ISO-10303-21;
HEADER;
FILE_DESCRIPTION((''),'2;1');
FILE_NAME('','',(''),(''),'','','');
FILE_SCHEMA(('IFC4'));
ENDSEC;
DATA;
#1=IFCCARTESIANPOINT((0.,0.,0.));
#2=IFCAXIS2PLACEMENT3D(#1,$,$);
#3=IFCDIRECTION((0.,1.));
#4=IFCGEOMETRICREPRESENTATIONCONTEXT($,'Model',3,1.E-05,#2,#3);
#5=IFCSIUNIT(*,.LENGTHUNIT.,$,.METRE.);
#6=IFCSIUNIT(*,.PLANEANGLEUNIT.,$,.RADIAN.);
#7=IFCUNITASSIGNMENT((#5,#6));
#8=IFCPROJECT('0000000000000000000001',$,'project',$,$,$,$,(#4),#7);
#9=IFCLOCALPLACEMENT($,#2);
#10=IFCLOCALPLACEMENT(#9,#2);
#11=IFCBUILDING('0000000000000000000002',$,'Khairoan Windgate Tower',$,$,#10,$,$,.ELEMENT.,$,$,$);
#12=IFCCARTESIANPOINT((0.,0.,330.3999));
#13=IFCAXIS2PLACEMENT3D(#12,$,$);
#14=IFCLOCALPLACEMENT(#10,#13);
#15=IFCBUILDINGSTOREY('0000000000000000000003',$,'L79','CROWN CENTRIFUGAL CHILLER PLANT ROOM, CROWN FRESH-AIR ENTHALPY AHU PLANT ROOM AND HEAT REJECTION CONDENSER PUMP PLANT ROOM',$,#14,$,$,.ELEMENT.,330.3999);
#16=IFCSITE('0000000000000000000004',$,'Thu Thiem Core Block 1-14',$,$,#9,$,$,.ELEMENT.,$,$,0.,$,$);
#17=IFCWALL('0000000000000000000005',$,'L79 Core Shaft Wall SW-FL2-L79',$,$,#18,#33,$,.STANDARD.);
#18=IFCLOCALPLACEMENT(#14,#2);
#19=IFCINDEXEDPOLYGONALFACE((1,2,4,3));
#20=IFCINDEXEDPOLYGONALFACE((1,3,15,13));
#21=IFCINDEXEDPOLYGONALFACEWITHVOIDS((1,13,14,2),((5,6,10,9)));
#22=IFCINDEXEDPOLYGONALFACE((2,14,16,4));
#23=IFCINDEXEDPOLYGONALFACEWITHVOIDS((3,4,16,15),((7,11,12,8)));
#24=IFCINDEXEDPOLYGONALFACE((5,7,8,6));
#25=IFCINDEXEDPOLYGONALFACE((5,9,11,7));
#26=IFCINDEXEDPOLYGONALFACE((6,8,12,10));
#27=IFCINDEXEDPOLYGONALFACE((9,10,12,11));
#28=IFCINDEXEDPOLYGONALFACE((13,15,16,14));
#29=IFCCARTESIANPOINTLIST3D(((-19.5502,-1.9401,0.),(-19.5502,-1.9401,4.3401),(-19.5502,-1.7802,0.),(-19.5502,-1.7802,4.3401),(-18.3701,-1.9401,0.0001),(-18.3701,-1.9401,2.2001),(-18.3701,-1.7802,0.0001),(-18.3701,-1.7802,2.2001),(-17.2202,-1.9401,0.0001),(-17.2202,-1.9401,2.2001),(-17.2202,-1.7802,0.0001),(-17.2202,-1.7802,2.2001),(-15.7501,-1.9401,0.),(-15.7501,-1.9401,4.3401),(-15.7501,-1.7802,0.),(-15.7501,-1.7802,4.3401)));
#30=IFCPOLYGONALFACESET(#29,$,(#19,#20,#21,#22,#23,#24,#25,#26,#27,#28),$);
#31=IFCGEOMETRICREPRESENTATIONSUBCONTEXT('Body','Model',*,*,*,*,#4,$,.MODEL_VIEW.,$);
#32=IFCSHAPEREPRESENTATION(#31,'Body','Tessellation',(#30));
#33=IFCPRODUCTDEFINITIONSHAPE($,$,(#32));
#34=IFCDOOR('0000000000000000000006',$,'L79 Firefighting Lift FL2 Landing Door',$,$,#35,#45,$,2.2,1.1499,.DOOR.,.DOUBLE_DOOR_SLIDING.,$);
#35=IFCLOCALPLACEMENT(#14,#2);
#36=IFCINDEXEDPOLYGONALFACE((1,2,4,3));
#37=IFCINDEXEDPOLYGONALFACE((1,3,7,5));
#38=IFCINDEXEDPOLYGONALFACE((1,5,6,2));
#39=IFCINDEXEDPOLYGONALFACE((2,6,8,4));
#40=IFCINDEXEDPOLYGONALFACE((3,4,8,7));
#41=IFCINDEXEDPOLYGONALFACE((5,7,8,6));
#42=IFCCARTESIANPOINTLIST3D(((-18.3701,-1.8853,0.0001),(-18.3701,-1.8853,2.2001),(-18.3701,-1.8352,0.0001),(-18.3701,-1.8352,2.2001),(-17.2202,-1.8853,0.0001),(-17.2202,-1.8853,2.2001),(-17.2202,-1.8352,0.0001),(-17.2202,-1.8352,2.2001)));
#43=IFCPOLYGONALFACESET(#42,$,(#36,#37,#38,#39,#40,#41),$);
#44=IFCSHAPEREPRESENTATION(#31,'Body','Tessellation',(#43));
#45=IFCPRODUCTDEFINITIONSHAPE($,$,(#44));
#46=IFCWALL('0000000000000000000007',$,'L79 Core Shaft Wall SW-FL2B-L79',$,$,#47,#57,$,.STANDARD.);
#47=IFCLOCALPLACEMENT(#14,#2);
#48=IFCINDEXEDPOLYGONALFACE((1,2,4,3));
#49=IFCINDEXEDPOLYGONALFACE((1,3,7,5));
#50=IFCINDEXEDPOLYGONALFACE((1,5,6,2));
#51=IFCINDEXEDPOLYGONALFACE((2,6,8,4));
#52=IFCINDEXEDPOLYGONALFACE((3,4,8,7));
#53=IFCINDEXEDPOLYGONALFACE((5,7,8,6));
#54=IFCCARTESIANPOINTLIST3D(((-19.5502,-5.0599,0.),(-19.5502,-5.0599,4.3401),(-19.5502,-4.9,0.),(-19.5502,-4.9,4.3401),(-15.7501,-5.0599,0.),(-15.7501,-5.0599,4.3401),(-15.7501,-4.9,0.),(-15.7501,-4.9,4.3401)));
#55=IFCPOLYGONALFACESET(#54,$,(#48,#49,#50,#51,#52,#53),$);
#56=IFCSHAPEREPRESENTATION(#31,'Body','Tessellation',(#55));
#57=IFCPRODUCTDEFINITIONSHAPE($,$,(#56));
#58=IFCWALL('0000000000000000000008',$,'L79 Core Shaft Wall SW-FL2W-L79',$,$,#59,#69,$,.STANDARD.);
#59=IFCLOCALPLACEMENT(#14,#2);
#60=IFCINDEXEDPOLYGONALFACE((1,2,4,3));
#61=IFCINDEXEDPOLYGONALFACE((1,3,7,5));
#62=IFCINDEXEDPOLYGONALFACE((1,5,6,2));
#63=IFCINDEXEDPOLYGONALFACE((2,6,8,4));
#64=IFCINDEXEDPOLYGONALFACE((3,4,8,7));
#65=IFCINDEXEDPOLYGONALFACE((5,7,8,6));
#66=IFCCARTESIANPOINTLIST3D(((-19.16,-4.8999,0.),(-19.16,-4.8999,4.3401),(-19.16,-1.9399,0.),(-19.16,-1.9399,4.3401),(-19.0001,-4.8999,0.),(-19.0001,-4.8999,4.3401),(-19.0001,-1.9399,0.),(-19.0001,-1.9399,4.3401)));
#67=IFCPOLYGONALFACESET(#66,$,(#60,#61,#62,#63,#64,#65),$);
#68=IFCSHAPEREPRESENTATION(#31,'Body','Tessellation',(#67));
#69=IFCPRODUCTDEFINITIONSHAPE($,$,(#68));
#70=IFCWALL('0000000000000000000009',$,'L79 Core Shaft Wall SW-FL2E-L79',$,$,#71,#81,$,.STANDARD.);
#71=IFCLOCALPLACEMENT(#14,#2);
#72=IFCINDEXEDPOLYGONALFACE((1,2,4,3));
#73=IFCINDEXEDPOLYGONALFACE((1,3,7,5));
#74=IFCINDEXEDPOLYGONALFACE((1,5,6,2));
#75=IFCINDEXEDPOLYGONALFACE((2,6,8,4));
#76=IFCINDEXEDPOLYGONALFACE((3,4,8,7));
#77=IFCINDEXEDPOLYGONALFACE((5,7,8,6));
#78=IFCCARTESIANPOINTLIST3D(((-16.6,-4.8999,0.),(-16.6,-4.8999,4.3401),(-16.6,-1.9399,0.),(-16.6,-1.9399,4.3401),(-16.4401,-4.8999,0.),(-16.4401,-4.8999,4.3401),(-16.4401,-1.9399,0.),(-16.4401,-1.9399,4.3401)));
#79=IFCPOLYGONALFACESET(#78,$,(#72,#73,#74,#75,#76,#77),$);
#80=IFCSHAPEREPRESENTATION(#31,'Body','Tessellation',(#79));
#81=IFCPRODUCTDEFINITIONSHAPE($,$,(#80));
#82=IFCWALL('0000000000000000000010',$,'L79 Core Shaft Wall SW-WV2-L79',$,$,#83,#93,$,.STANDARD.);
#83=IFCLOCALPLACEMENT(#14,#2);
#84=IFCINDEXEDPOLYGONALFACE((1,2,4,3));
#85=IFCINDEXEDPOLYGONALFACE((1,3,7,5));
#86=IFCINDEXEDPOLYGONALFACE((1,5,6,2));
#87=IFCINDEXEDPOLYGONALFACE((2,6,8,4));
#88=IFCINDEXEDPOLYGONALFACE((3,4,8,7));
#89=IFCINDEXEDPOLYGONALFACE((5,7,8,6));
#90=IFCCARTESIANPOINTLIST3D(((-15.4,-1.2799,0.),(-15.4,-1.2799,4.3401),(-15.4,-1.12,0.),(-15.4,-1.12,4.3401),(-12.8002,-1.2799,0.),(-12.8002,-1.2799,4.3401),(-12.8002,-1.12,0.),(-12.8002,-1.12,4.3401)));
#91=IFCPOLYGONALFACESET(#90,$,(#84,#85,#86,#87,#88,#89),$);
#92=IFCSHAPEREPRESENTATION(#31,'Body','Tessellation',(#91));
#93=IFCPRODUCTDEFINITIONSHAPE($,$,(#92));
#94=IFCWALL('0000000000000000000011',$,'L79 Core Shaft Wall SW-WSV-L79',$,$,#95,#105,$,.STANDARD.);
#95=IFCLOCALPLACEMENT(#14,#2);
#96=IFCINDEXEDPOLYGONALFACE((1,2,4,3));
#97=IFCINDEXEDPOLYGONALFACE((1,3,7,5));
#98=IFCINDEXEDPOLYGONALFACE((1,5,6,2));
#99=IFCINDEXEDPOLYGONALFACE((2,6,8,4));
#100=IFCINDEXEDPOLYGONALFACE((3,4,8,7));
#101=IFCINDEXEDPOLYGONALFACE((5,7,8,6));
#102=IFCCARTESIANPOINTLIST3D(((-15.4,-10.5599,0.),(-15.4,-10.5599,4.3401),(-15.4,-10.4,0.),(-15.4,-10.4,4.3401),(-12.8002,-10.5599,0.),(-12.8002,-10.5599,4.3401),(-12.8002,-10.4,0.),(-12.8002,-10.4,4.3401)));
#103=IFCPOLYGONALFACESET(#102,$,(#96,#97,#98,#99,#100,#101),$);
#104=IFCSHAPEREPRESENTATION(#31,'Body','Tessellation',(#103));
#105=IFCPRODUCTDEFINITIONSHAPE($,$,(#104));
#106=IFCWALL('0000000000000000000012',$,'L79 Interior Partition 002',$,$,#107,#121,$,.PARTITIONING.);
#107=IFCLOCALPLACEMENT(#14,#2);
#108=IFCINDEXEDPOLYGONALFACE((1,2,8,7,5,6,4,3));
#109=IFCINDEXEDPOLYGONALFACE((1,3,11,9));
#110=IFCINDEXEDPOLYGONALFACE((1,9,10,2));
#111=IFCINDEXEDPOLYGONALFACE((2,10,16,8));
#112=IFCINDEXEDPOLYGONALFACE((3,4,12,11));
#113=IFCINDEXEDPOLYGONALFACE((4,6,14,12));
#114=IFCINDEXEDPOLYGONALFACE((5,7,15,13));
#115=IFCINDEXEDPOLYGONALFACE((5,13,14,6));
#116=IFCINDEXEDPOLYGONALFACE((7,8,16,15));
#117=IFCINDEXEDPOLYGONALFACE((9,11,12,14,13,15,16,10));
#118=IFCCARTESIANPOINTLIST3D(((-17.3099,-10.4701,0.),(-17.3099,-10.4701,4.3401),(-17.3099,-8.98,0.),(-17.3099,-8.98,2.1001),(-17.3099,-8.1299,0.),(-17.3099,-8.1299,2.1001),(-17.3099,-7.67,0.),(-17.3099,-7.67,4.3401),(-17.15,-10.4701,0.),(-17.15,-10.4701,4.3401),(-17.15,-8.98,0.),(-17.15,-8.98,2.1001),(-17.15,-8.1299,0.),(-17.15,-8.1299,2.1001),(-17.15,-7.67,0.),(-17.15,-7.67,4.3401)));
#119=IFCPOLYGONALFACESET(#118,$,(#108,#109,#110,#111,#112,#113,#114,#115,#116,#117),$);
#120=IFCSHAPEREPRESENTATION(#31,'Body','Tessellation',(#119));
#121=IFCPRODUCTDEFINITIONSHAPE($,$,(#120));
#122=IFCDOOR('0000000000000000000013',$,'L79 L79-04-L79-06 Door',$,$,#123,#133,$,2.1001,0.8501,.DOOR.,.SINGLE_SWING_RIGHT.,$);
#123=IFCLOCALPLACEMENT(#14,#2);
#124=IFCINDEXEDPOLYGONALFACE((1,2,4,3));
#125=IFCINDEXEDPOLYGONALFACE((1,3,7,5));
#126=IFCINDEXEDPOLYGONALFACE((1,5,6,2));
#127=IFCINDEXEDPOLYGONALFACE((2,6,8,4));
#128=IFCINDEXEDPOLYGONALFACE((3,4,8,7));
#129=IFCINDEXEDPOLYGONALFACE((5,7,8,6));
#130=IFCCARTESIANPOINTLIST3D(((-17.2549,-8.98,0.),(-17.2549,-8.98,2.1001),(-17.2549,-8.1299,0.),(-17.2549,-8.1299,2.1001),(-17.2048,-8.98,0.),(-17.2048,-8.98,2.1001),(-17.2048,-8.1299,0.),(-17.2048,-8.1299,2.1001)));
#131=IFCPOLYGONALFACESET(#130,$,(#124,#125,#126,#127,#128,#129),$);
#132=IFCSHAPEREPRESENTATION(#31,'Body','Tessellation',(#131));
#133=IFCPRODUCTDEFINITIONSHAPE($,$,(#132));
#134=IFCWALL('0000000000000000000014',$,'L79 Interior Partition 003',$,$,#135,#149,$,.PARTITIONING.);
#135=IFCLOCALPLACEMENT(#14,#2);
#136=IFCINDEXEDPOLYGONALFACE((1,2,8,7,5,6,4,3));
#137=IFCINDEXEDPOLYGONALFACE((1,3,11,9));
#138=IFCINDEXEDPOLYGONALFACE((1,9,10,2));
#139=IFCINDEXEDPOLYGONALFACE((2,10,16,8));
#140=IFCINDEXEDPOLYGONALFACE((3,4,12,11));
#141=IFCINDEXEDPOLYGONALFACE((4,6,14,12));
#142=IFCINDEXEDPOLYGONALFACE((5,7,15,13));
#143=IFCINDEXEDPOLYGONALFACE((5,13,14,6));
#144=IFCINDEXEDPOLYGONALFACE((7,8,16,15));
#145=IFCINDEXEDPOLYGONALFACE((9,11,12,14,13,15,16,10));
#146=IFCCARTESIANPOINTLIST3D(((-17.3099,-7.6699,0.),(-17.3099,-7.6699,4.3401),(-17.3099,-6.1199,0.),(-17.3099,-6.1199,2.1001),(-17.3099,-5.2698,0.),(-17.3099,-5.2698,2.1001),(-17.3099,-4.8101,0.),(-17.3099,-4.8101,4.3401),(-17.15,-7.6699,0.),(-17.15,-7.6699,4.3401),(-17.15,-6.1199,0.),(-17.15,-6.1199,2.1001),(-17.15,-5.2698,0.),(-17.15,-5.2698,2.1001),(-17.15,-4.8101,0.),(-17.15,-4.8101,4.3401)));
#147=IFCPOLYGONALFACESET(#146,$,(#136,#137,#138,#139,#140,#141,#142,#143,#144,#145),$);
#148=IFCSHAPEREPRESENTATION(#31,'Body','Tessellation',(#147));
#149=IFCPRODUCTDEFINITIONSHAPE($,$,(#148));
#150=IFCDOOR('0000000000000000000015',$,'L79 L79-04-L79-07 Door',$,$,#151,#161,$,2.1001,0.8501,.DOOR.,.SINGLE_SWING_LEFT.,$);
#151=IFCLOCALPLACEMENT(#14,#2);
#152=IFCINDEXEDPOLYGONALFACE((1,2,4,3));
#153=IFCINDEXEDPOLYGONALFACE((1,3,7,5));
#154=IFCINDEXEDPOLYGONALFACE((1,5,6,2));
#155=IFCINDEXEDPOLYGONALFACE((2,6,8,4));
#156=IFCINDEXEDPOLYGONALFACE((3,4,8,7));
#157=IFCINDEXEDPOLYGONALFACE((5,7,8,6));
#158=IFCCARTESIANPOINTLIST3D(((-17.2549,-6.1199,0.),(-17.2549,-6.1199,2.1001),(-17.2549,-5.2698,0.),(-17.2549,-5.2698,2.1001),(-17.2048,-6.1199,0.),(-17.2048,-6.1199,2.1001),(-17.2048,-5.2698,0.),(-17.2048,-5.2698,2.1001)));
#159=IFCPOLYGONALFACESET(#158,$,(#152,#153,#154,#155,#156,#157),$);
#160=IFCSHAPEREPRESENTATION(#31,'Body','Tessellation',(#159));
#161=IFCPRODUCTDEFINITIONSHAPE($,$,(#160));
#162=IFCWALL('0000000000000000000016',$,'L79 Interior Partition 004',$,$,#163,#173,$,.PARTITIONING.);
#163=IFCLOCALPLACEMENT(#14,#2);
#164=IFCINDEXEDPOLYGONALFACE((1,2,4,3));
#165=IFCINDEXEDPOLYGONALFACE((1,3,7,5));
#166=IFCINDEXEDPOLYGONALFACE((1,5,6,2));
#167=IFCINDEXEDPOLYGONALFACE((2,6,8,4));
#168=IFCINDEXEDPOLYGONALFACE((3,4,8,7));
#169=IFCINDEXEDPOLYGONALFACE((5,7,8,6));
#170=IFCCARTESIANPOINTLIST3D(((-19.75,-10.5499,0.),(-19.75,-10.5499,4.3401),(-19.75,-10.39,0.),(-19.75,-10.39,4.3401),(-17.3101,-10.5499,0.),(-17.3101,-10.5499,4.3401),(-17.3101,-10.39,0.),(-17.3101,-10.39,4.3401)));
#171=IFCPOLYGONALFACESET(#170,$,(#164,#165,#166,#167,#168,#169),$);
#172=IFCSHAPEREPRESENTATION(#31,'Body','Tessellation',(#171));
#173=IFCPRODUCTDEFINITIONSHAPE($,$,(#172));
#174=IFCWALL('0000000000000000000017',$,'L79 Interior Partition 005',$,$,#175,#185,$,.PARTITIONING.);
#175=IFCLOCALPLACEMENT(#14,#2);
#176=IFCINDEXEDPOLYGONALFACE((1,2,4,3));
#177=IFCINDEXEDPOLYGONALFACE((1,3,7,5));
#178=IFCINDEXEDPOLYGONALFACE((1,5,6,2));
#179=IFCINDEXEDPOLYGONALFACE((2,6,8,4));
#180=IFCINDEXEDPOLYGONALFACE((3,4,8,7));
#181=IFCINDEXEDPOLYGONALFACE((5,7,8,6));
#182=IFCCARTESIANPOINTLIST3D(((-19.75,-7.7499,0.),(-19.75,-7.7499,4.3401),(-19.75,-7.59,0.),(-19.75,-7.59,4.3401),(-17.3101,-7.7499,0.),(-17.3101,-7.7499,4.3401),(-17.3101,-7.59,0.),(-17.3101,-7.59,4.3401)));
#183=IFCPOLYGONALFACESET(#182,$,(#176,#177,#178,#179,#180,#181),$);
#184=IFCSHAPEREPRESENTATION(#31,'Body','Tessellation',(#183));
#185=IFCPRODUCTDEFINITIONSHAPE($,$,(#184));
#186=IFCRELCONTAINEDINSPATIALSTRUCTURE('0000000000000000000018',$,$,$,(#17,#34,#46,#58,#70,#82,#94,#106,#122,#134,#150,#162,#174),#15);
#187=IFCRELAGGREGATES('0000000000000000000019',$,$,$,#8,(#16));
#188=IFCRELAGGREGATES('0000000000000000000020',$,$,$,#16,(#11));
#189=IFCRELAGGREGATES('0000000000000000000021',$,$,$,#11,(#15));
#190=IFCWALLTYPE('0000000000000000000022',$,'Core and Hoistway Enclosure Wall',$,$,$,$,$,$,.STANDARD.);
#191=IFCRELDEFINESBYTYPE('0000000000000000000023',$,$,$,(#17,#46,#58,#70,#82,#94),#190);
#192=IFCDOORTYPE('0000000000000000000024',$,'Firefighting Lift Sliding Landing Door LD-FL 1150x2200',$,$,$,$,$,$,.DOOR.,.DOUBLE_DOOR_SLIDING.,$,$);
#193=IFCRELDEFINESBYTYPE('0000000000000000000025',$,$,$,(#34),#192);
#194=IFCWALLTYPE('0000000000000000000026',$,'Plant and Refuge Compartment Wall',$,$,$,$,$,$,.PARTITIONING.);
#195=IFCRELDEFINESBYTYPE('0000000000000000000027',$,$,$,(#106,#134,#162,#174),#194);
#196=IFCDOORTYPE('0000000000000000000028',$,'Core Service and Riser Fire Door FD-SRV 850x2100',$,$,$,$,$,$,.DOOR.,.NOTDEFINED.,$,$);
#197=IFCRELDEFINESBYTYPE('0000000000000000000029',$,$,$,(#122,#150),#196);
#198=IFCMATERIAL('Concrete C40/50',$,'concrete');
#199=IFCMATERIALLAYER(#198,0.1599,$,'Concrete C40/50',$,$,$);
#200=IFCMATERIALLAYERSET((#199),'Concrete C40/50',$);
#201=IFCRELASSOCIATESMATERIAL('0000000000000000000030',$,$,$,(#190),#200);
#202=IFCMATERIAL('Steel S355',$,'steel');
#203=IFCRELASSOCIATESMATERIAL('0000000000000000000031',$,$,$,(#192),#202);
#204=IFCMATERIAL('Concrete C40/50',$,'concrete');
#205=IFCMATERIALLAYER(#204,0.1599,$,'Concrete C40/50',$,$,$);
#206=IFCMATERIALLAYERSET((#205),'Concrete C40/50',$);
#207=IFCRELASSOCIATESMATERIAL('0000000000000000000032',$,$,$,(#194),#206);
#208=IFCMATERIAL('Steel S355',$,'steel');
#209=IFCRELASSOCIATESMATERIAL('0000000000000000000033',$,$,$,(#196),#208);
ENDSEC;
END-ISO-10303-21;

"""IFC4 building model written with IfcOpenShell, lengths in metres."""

from ifc_helpers import new_model, si_unit, direction, frame, frame_2d, origin, place, context, subcontext, project, spatial, rectangle, extrude, material, layer, layer_set, type_object, element, fill, save


model = new_model("IFC4")

# Units and contexts
model_context = context("Model", 3, precision=1e-05, world=origin(), true_north=direction((0.0, 1.0)))
body_context = subcontext(model_context, "Body", "Model", "MODEL_VIEW")
ifc_project = project(units=[si_unit("LENGTHUNIT", "METRE"), si_unit("PLANEANGLEUNIT", "RADIAN")], contexts=[model_context])

# Site, building, storey
site_placement = place(None, origin())
site = spatial("IfcSite", under=ifc_project, at=site_placement, Name="Thu Thiem Core Block 1-14", CompositionType="ELEMENT", RefElevation=0.0)
building_placement = place(site_placement, origin())
building = spatial("IfcBuilding", under=site, at=building_placement, Name="Khairoan Windgate Tower", CompositionType="ELEMENT")
storey_placement = place(building_placement, frame((0.0, 0.0, 330.3999)))
storey = spatial("IfcBuildingStorey", under=building, at=storey_placement, Name="L79", Description="CROWN CENTRIFUGAL CHILLER PLANT ROOM, CROWN FRESH-AIR ENTHALPY AHU PLANT ROOM AND HEAT REJECTION CONDENSER PUMP PLANT ROOM", CompositionType="ELEMENT", Elevation=330.3999)

# Wall, opening, door
ifc_material_1 = material(Name="Concrete C40/50", Category="concrete")
ifc_layer_1 = layer(ifc_material_1, 0.1599, Name="Concrete C40/50")
ifc_layer_set_1 = layer_set([ifc_layer_1], Name="Concrete C40/50")
wall_type_1 = type_object("IfcWallType", Name="Core and Hoistway Enclosure Wall", PredefinedType="STANDARD", material=ifc_layer_set_1)
wall_1_placement = place(storey_placement, frame((-19.55, -1.8601, 0.0), z_axis=(0.0, 0.0, 1.0), x_axis=(1.0, 0.0, 0.0)))
wall_1 = element("IfcWall", 1, at=wall_1_placement, inside=storey, type_object=wall_type_1, Name="L79 Core Shaft Wall SW-FL2-L79", PredefinedType="STANDARD", context=body_context, shape_type="SweptSolid", body=[
    extrude(rectangle(XDim=3.8, YDim=0.1599, at=frame_2d((1.8999, 0.0))), origin(), (0.0, 0.0, 1.0), 4.3401),
])
opening_1_placement = place(wall_1_placement, frame((1.1799, 0.0, 0.0)))
opening_1 = element("IfcOpeningElement", 2, at=opening_1_placement, cuts=wall_1, PredefinedType="OPENING", context=body_context, shape_type="SweptSolid", body=[
    extrude(rectangle(XDim=1.1499, YDim=2.2, at=frame_2d((0.575, 1.1001))), frame((0.0, 0.0898, 0.0), z_axis=(0.0, -1.0, 0.0), x_axis=(1.0, 0.0, 0.0)), (0.0, 0.0, 1.0), 0.1799),
])
ifc_material_2 = material(Name="Steel S355", Category="steel")
door_type_1 = type_object("IfcDoorType", Name="Firefighting Lift Sliding Landing Door LD-FL 1150x2200", OperationType="DOUBLE_DOOR_SLIDING", PredefinedType="DOOR", material=ifc_material_2)
door_1_placement = place(opening_1_placement, origin())
door_1 = element("IfcDoor", 3, at=door_1_placement, inside=storey, type_object=door_type_1, Name="L79 Firefighting Lift FL2 Landing Door", OperationType="DOUBLE_DOOR_SLIDING", OverallHeight=2.2, OverallWidth=1.1499, PredefinedType="DOOR", context=body_context, shape_type="SweptSolid", body=[
    extrude(rectangle(XDim=1.1499, YDim=2.2, at=frame_2d((0.575, 1.1001))), frame((0.0, 0.0249, 0.0), z_axis=(0.0, -1.0, 0.0), x_axis=(1.0, 0.0, 0.0)), (0.0, 0.0, 1.0), 0.05),
])
fill(opening_1, door_1)

# Walls
wall_2_placement = place(storey_placement, frame((-19.55, -4.98, 0.0), z_axis=(0.0, 0.0, 1.0), x_axis=(1.0, 0.0, 0.0)))
element("IfcWall", 4, at=wall_2_placement, inside=storey, type_object=wall_type_1, Name="L79 Core Shaft Wall SW-FL2B-L79", PredefinedType="STANDARD", context=body_context, shape_type="SweptSolid", body=[
    extrude(rectangle(XDim=3.8, YDim=0.1599, at=frame_2d((1.8999, 0.0))), origin(), (0.0, 0.0, 1.0), 4.3401),
])
for number, where, z_axis, x_axis, name in (
    (5, (-19.0801, -4.8999, 0.0), (0.0, 0.0, 1.0), (0.0, 1.0, 0.0), "L79 Core Shaft Wall SW-FL2W-L79"),
    (6, (-16.52, -4.8999, 0.0), (0.0, 0.0, 1.0), (0.0, 1.0, 0.0), "L79 Core Shaft Wall SW-FL2E-L79"),
):
    element("IfcWall", number, at=place(storey_placement, frame(where, z_axis=z_axis, x_axis=x_axis)), inside=storey, type_object=wall_type_1, Name=name, PredefinedType="STANDARD", context=body_context, shape_type="SweptSolid", body=[
        extrude(rectangle(XDim=2.96, YDim=0.1599, at=frame_2d((1.48, 0.0))), origin(), (0.0, 0.0, 1.0), 4.3401),
    ])
for number, where, z_axis, x_axis, name in (
    (7, (-15.3999, -1.2, 0.0), (0.0, 0.0, 1.0), (1.0, 0.0, 0.0), "L79 Core Shaft Wall SW-WV2-L79"),
    (8, (-15.3999, -10.48, 0.0), (0.0, 0.0, 1.0), (1.0, 0.0, 0.0), "L79 Core Shaft Wall SW-WSV-L79"),
):
    element("IfcWall", number, at=place(storey_placement, frame(where, z_axis=z_axis, x_axis=x_axis)), inside=storey, type_object=wall_type_1, Name=name, PredefinedType="STANDARD", context=body_context, shape_type="SweptSolid", body=[
        extrude(rectangle(XDim=2.5999, YDim=0.1599, at=frame_2d((1.2998, 0.0))), origin(), (0.0, 0.0, 1.0), 4.3401),
    ])

# Walls, openings, doors
ifc_material_3 = material(Name="Concrete C40/50", Category="concrete")
ifc_layer_2 = layer(ifc_material_3, 0.1599, Name="Concrete C40/50")
ifc_layer_set_2 = layer_set([ifc_layer_2], Name="Concrete C40/50")
wall_type_2 = type_object("IfcWallType", Name="Plant and Refuge Compartment Wall", PredefinedType="PARTITIONING", material=ifc_layer_set_2)
wall_3_placement = place(storey_placement, frame((-17.23, -10.47, 0.0), z_axis=(0.0, 0.0, 1.0), x_axis=(0.0, 1.0, 0.0)))
wall_3 = element("IfcWall", 9, at=wall_3_placement, inside=storey, type_object=wall_type_2, Name="L79 Interior Partition 002", PredefinedType="PARTITIONING", context=body_context, shape_type="SweptSolid", body=[
    extrude(rectangle(XDim=2.8, YDim=0.1599, at=frame_2d((1.3999, 0.0))), origin(), (0.0, 0.0, 1.0), 4.3401),
])
opening_2_placement = place(wall_3_placement, frame((1.49, 0.0, 0.0)))
opening_2 = element("IfcOpeningElement", 10, at=opening_2_placement, cuts=wall_3, PredefinedType="OPENING", context=body_context, shape_type="SweptSolid", body=[
    extrude(rectangle(XDim=0.8501, YDim=2.1001, at=frame_2d((0.425, 1.05))), frame((0.0, 0.0898, 0.0), z_axis=(0.0, -1.0, 0.0), x_axis=(1.0, 0.0, 0.0)), (0.0, 0.0, 1.0), 0.1799),
])
ifc_material_4 = material(Name="Steel S355", Category="steel")
door_type_2 = type_object("IfcDoorType", Name="Core Service and Riser Fire Door FD-SRV 850x2100", OperationType="NOTDEFINED", PredefinedType="DOOR", material=ifc_material_4)
door_2_placement = place(opening_2_placement, origin())
door_2 = element("IfcDoor", 11, at=door_2_placement, inside=storey, type_object=door_type_2, Name="L79 L79-04-L79-06 Door", OperationType="SINGLE_SWING_RIGHT", OverallHeight=2.1001, OverallWidth=0.8501, PredefinedType="DOOR", context=body_context, shape_type="SweptSolid", body=[
    extrude(rectangle(XDim=0.8501, YDim=2.1001, at=frame_2d((0.425, 1.05))), frame((0.0, 0.0249, 0.0), z_axis=(0.0, -1.0, 0.0), x_axis=(1.0, 0.0, 0.0)), (0.0, 0.0, 1.0), 0.05),
])
fill(opening_2, door_2)
wall_4_placement = place(storey_placement, frame((-17.23, -7.6699, 0.0), z_axis=(0.0, 0.0, 1.0), x_axis=(0.0, 1.0, 0.0)))
wall_4 = element("IfcWall", 12, at=wall_4_placement, inside=storey, type_object=wall_type_2, Name="L79 Interior Partition 003", PredefinedType="PARTITIONING", context=body_context, shape_type="SweptSolid", body=[
    extrude(rectangle(XDim=2.8599, YDim=0.1599, at=frame_2d((1.4299, 0.0))), origin(), (0.0, 0.0, 1.0), 4.3401),
])
opening_3_placement = place(wall_4_placement, frame((1.55, 0.0, 0.0)))
opening_3 = element("IfcOpeningElement", 13, at=opening_3_placement, cuts=wall_4, PredefinedType="OPENING", context=body_context, shape_type="SweptSolid", body=[
    extrude(rectangle(XDim=0.8501, YDim=2.1001, at=frame_2d((0.425, 1.05))), frame((0.0, 0.0898, 0.0), z_axis=(0.0, -1.0, 0.0), x_axis=(1.0, 0.0, 0.0)), (0.0, 0.0, 1.0), 0.1799),
])
door_3_placement = place(opening_3_placement, origin())
door_3 = element("IfcDoor", 14, at=door_3_placement, inside=storey, type_object=door_type_2, Name="L79 L79-04-L79-07 Door", OperationType="SINGLE_SWING_LEFT", OverallHeight=2.1001, OverallWidth=0.8501, PredefinedType="DOOR", context=body_context, shape_type="SweptSolid", body=[
    extrude(rectangle(XDim=0.8501, YDim=2.1001, at=frame_2d((0.425, 1.05))), frame((0.0, 0.0249, 0.0), z_axis=(0.0, -1.0, 0.0), x_axis=(1.0, 0.0, 0.0)), (0.0, 0.0, 1.0), 0.05),
])
fill(opening_3, door_3)

# Walls
for number, where, z_axis, x_axis, name in (
    (15, (-19.75, -10.47, 0.0), (0.0, 0.0, 1.0), (1.0, 0.0, 0.0), "L79 Interior Partition 004"),
    (16, (-19.75, -7.6699, 0.0), (0.0, 0.0, 1.0), (1.0, 0.0, 0.0), "L79 Interior Partition 005"),
):
    element("IfcWall", number, at=place(storey_placement, frame(where, z_axis=z_axis, x_axis=x_axis)), inside=storey, type_object=wall_type_2, Name=name, PredefinedType="PARTITIONING", context=body_context, shape_type="SweptSolid", body=[
        extrude(rectangle(XDim=2.4399, YDim=0.1599, at=frame_2d((1.22, 0.0))), origin(), (0.0, 0.0, 1.0), 4.3401),
    ])

save(model, "model.ifc")
